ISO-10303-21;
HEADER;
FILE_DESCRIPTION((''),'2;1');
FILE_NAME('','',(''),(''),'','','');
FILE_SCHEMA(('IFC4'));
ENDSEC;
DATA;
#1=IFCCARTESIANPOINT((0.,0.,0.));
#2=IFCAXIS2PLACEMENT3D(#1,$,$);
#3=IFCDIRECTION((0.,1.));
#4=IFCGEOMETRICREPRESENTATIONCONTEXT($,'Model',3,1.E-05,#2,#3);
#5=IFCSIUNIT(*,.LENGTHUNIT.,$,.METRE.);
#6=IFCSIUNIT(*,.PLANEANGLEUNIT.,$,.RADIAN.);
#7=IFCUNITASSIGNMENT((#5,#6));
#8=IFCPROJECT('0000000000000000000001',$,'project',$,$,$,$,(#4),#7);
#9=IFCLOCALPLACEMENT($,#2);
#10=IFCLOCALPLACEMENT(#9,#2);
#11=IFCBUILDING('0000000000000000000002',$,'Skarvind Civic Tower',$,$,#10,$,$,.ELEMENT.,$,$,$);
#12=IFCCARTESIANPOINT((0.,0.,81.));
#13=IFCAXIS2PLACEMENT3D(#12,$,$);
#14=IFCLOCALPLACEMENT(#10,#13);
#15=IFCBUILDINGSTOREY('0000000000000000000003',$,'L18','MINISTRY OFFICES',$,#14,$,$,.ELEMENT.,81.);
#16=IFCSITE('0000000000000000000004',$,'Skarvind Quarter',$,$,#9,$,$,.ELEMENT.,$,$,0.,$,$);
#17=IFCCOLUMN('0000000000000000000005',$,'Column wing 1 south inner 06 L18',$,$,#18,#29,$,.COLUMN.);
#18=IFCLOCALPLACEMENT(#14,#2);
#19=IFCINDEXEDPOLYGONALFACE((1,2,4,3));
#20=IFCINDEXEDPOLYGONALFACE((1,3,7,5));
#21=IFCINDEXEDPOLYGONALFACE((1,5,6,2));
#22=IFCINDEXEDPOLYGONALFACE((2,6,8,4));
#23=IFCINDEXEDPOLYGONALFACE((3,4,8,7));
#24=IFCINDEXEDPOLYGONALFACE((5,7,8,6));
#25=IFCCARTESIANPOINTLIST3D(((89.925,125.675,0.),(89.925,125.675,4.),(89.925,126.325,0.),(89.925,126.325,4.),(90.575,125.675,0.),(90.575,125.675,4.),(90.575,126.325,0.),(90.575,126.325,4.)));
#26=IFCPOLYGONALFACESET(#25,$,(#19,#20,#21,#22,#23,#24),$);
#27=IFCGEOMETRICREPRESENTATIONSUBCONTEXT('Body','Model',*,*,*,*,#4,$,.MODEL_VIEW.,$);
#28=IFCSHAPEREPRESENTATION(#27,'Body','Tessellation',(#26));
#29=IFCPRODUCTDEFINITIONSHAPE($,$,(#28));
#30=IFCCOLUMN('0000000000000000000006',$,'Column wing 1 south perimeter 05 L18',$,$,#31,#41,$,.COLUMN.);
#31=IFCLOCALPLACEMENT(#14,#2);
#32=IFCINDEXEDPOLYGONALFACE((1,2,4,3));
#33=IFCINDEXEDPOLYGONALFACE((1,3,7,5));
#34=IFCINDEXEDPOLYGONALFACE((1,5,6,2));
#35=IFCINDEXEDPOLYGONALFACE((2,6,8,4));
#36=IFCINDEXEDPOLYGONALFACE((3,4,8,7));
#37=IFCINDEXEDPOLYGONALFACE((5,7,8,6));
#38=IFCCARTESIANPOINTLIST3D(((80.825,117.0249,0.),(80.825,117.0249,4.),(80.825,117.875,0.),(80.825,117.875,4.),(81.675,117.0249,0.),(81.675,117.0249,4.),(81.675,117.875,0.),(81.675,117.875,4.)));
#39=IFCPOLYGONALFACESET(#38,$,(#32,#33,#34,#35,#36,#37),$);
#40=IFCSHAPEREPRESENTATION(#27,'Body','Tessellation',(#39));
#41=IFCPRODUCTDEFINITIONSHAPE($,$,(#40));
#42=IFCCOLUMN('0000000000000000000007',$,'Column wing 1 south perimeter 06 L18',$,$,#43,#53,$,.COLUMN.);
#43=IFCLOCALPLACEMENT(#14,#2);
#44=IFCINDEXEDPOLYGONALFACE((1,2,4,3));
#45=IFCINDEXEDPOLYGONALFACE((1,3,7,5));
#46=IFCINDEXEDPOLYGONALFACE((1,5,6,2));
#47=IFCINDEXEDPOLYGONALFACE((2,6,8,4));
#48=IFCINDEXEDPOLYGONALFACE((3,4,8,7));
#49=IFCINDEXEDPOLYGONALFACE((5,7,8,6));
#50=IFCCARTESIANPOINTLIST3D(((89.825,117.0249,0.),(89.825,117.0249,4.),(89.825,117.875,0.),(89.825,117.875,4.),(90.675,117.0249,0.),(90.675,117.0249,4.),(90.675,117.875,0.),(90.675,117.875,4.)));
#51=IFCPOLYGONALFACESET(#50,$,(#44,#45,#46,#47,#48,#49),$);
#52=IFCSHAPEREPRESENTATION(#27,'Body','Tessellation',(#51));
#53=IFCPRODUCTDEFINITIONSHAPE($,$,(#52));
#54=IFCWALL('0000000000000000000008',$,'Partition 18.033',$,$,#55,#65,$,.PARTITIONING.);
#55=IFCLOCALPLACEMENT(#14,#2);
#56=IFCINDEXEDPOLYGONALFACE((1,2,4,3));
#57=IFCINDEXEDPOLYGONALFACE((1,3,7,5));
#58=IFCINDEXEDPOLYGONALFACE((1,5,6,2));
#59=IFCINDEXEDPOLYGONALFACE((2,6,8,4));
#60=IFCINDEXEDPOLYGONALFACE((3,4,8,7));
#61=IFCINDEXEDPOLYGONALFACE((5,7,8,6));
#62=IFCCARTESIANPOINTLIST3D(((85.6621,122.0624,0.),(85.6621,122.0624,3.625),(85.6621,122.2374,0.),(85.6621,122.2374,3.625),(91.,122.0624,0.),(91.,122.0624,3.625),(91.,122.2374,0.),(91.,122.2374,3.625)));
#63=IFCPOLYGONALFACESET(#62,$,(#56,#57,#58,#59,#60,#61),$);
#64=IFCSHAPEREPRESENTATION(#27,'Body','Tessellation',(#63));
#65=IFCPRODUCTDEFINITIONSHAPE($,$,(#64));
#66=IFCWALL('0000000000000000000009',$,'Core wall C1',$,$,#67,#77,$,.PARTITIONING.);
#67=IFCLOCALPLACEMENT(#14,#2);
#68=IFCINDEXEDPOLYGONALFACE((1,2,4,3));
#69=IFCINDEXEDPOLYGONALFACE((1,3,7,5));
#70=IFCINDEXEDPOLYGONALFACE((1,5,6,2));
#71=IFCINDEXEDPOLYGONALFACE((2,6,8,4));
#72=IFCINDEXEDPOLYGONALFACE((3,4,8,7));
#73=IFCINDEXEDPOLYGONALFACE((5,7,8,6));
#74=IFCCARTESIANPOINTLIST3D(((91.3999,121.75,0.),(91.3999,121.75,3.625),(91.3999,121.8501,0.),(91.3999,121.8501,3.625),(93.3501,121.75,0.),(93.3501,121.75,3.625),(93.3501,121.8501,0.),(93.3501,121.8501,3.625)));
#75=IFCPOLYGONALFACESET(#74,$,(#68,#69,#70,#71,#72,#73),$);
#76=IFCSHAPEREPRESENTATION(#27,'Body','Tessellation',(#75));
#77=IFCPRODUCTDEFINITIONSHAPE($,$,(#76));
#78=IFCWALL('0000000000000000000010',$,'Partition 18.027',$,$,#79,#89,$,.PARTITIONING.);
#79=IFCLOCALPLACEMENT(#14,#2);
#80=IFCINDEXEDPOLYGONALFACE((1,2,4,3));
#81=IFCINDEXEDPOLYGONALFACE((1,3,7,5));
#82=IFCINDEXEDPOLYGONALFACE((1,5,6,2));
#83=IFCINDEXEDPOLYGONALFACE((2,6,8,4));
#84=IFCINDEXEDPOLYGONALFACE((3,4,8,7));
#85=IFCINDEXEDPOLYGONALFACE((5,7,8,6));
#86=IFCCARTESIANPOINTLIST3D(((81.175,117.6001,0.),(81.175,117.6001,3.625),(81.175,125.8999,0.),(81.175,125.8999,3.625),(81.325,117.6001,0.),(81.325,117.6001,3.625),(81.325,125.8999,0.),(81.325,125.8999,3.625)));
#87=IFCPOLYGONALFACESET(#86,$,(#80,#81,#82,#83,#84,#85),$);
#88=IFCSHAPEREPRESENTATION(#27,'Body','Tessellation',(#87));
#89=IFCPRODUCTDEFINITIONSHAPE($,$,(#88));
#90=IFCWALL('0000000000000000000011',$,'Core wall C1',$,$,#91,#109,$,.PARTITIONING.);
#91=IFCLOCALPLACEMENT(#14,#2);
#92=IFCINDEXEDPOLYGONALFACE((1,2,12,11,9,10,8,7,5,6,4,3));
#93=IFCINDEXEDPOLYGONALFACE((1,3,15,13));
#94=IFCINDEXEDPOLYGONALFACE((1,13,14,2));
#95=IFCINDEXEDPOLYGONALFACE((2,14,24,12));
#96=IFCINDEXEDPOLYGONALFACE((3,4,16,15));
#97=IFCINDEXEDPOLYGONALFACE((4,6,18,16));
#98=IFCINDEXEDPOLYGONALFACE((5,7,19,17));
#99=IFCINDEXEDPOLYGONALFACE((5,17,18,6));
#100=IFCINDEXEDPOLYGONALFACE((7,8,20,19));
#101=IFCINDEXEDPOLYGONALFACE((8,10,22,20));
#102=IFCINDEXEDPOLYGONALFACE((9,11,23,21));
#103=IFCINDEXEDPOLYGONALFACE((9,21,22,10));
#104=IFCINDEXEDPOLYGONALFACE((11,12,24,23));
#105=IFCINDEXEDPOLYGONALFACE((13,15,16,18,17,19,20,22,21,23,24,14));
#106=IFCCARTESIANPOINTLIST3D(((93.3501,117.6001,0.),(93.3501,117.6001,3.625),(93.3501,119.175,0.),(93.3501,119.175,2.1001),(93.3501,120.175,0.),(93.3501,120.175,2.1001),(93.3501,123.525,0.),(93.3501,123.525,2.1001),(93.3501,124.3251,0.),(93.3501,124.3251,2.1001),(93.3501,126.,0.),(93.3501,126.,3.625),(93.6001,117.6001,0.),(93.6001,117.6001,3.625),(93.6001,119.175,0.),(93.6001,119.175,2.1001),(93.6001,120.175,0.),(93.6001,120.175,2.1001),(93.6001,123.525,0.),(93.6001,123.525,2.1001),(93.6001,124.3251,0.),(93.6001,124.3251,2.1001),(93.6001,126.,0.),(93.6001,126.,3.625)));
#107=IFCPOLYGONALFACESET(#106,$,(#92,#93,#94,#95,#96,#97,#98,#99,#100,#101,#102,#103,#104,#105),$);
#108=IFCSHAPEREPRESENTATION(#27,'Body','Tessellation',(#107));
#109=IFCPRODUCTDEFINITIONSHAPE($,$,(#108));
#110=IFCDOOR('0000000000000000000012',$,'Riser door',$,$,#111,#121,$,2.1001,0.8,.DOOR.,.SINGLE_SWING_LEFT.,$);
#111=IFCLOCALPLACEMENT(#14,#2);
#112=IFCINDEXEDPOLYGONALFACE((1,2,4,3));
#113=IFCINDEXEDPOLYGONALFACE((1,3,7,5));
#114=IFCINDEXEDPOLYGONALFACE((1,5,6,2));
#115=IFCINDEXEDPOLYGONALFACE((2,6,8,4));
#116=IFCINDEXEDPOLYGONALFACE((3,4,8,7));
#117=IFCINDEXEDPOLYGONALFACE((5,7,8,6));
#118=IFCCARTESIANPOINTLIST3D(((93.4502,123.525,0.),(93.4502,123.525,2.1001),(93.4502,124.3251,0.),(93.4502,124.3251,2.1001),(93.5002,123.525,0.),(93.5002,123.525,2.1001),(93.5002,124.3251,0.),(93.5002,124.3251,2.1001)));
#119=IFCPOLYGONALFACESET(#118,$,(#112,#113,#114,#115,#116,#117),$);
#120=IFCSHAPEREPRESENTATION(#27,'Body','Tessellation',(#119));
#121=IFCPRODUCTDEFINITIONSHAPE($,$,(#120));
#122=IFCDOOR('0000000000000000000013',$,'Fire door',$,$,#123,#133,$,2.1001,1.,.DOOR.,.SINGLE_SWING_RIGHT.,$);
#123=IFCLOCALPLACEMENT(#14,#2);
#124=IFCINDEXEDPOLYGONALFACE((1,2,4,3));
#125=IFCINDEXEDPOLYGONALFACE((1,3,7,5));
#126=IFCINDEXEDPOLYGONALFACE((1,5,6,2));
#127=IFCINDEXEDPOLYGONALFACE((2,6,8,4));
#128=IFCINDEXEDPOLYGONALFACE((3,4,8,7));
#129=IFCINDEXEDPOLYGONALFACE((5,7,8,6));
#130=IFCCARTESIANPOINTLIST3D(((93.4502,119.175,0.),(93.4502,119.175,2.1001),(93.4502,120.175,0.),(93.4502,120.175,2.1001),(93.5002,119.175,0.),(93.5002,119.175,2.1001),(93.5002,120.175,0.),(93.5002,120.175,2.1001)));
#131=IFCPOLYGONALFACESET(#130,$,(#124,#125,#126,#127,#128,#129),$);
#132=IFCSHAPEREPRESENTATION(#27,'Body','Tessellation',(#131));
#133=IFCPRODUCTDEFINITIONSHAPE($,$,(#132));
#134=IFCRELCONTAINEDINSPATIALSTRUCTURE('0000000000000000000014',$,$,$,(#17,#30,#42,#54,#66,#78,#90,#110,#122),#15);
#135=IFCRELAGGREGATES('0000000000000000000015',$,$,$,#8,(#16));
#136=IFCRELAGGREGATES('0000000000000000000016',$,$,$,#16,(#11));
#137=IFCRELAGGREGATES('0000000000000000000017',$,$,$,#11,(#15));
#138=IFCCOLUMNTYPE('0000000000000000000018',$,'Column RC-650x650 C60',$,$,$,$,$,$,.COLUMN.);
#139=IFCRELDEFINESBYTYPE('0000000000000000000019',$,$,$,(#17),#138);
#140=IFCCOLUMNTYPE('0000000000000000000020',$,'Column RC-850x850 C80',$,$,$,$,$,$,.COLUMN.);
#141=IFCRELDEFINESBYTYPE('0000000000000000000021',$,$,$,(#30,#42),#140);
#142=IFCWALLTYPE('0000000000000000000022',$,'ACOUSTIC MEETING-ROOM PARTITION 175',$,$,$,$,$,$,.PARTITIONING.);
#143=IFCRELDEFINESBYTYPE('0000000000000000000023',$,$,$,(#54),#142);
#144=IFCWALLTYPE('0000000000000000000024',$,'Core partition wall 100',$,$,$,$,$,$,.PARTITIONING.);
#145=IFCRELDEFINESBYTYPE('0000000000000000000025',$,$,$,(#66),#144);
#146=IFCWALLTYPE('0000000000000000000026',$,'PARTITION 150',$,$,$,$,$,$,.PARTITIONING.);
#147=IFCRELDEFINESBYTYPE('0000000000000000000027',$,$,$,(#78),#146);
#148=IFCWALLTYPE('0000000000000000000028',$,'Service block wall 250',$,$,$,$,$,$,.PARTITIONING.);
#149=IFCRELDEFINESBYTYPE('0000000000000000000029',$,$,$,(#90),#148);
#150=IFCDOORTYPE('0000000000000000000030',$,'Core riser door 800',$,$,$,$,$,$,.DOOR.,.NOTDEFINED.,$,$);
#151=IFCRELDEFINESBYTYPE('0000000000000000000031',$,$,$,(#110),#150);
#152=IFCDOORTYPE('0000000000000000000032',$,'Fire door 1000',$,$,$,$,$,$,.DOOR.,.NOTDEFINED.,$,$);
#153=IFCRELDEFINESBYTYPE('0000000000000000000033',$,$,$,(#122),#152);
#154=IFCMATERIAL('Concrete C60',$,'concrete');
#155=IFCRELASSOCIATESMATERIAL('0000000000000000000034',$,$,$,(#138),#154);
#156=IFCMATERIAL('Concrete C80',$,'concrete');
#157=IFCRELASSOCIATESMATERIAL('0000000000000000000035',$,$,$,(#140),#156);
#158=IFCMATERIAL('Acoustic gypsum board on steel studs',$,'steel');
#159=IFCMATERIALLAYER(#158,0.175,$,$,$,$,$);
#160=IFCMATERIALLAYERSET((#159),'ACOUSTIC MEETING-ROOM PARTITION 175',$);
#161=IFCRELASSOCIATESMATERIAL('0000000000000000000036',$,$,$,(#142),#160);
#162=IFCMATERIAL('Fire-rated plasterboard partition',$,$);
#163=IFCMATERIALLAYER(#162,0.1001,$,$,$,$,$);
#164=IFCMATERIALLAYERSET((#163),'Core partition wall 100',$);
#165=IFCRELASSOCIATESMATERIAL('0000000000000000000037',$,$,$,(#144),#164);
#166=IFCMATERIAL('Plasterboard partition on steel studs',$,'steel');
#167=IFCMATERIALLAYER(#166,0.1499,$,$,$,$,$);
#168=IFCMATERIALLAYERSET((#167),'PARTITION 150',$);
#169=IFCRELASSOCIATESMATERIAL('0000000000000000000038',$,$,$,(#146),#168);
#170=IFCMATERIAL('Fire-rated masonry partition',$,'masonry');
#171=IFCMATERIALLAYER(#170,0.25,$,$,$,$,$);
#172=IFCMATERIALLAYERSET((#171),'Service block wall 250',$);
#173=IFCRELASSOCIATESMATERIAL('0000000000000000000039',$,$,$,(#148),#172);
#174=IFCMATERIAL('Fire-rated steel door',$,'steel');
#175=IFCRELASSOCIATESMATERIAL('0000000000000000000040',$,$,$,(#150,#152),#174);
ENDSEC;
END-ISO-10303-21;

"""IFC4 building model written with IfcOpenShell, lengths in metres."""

from ifc_helpers import new_model, si_unit, direction, frame, frame_2d, origin, origin_2d, place, context, subcontext, project, spatial, rectangle, extrude, material, layer, layer_set, material_profile, profile_set, type_object, element, fill, save


model = new_model("IFC4")

# Units and contexts
model_context = context("Model", 3, precision=1e-05, world=origin(), true_north=direction((0.0, 1.0)))
body_context = subcontext(model_context, "Body", "Model", "MODEL_VIEW")
ifc_project = project(units=[si_unit("LENGTHUNIT", "METRE"), si_unit("PLANEANGLEUNIT", "RADIAN")], contexts=[model_context])

# Site, building, storey
site_placement = place(None, origin())
site = spatial("IfcSite", under=ifc_project, at=site_placement, Name="Skarvind Quarter", CompositionType="ELEMENT", RefElevation=0.0)
building_placement = place(site_placement, origin())
building = spatial("IfcBuilding", under=site, at=building_placement, Name="Skarvind Civic Tower", CompositionType="ELEMENT")
storey_placement = place(building_placement, frame((0.0, 0.0, 81.0)))
storey = spatial("IfcBuildingStorey", under=building, at=storey_placement, Name="L18", Description="MINISTRY OFFICES", CompositionType="ELEMENT", Elevation=81.0)

# Columns
ifc_material_1 = material(Name="Concrete C60", Category="concrete")
ifc_material_profile_1 = material_profile(ifc_material_1, rectangle(XDim=0.6499, YDim=0.6499, at=origin_2d()), Name="RC-650x650")
ifc_profile_set_1 = profile_set([ifc_material_profile_1], Name="Concrete C60")
column_type_1 = type_object("IfcColumnType", Name="Column RC-650x650 C60", PredefinedType="COLUMN", material=ifc_profile_set_1)
column_placement = place(storey_placement, frame((90.25, 126.0, 0.0), z_axis=(0.0, 0.0, 1.0), x_axis=(1.0, 0.0, 0.0)))
element("IfcColumn", 1, at=column_placement, inside=storey, type_object=column_type_1, Name="Column wing 1 south inner 06 L18", PredefinedType="COLUMN", context=body_context, shape_type="SweptSolid", body=[
    extrude(rectangle(XDim=0.6499, YDim=0.6499, at=origin_2d()), origin(), (0.0, 0.0, 1.0), 4.0),
])
ifc_material_2 = material(Name="Concrete C80", Category="concrete")
ifc_material_profile_2 = material_profile(ifc_material_2, rectangle(XDim=0.8501, YDim=0.8501, at=origin_2d()), Name="RC-850x850")
ifc_profile_set_2 = profile_set([ifc_material_profile_2], Name="Concrete C80")
column_type_2 = type_object("IfcColumnType", Name="Column RC-850x850 C80", PredefinedType="COLUMN", material=ifc_profile_set_2)
for number, where, z_axis, x_axis, name in (
    (2, (81.25, 117.45, 0.0), (0.0, 0.0, 1.0), (1.0, 0.0, 0.0), "Column wing 1 south perimeter 05 L18"),
    (3, (90.25, 117.45, 0.0), (0.0, 0.0, 1.0), (1.0, 0.0, 0.0), "Column wing 1 south perimeter 06 L18"),
):
    element("IfcColumn", number, at=place(storey_placement, frame(where, z_axis=z_axis, x_axis=x_axis)), inside=storey, type_object=column_type_2, Name=name, PredefinedType="COLUMN", context=body_context, shape_type="SweptSolid", body=[
        extrude(rectangle(XDim=0.8501, YDim=0.8501, at=origin_2d()), origin(), (0.0, 0.0, 1.0), 4.0),
    ])

# Walls
ifc_material_3 = material(Name="Acoustic gypsum board on steel studs", Category="steel")
ifc_layer_1 = layer(ifc_material_3, 0.175)
ifc_layer_set_1 = layer_set([ifc_layer_1], Name="ACOUSTIC MEETING-ROOM PARTITION 175")
wall_type_1 = type_object("IfcWallType", Name="ACOUSTIC MEETING-ROOM PARTITION 175", PredefinedType="PARTITIONING", material=ifc_layer_set_1)
wall_1_placement = place(storey_placement, frame((91.0, 122.1499, 0.0), z_axis=(0.0, 0.0, 1.0), x_axis=(-1.0, 0.0, 0.0)))
element("IfcWall", 4, at=wall_1_placement, inside=storey, type_object=wall_type_1, Name="Partition 18.033", PredefinedType="PARTITIONING", context=body_context, shape_type="SweptSolid", body=[
    extrude(rectangle(XDim=5.3379, YDim=0.175, at=frame_2d((2.6689, 0.0))), origin(), (0.0, 0.0, 1.0), 3.625),
])
ifc_material_4 = material(Name="Fire-rated plasterboard partition")
ifc_layer_2 = layer(ifc_material_4, 0.1001)
ifc_layer_set_2 = layer_set([ifc_layer_2], Name="Core partition wall 100")
wall_type_2 = type_object("IfcWallType", Name="Core partition wall 100", PredefinedType="PARTITIONING", material=ifc_layer_set_2)
wall_2_placement = place(storey_placement, frame((93.3501, 121.8, 0.0), z_axis=(0.0, 0.0, 1.0), x_axis=(-1.0, 0.0, 0.0)))
element("IfcWall", 5, at=wall_2_placement, inside=storey, type_object=wall_type_2, Name="Core wall C1", PredefinedType="PARTITIONING", context=body_context, shape_type="SweptSolid", body=[
    extrude(rectangle(XDim=1.9502, YDim=0.1001, at=frame_2d((0.9751, 0.0))), origin(), (0.0, 0.0, 1.0), 3.625),
])
ifc_material_5 = material(Name="Plasterboard partition on steel studs", Category="steel")
ifc_layer_3 = layer(ifc_material_5, 0.1499)
ifc_layer_set_3 = layer_set([ifc_layer_3], Name="PARTITION 150")
wall_type_3 = type_object("IfcWallType", Name="PARTITION 150", PredefinedType="PARTITIONING", material=ifc_layer_set_3)
wall_3_placement = place(storey_placement, frame((81.25, 117.6001, 0.0), z_axis=(0.0, 0.0, 1.0), x_axis=(0.0, 1.0, 0.0)))
element("IfcWall", 6, at=wall_3_placement, inside=storey, type_object=wall_type_3, Name="Partition 18.027", PredefinedType="PARTITIONING", context=body_context, shape_type="SweptSolid", body=[
    extrude(rectangle(XDim=8.2998, YDim=0.1499, at=frame_2d((4.1499, 0.0))), origin(), (0.0, 0.0, 1.0), 3.625),
])

# Wall, openings, doors
ifc_material_6 = material(Name="Fire-rated masonry partition", Category="masonry")
ifc_layer_4 = layer(ifc_material_6, 0.25)
ifc_layer_set_4 = layer_set([ifc_layer_4], Name="Service block wall 250")
wall_type_4 = type_object("IfcWallType", Name="Service block wall 250", PredefinedType="PARTITIONING", material=ifc_layer_set_4)
wall_4_placement = place(storey_placement, frame((93.4751, 117.6001, 0.0), z_axis=(0.0, 0.0, 1.0), x_axis=(0.0, 1.0, 0.0)))
wall_4 = element("IfcWall", 7, at=wall_4_placement, inside=storey, type_object=wall_type_4, Name="Core wall C1", PredefinedType="PARTITIONING", context=body_context, shape_type="SweptSolid", body=[
    extrude(rectangle(XDim=8.3999, YDim=0.25, at=frame_2d((4.2, 0.0))), origin(), (0.0, 0.0, 1.0), 3.625),
])
opening_1_placement = place(wall_4_placement, frame((5.925, 0.0, 0.0)))
opening_1 = element("IfcOpeningElement", 8, at=opening_1_placement, cuts=wall_4, PredefinedType="OPENING", context=body_context, shape_type="SweptSolid", body=[
    extrude(rectangle(XDim=0.8, YDim=2.1001, at=frame_2d((0.3999, 1.05))), frame((0.0, 0.135, 0.0), z_axis=(0.0, -1.0, 0.0), x_axis=(1.0, 0.0, 0.0)), (0.0, 0.0, 1.0), 0.27),
])
opening_2_placement = place(wall_4_placement, frame((1.575, 0.0, 0.0)))
opening_2 = element("IfcOpeningElement", 9, at=opening_2_placement, cuts=wall_4, PredefinedType="OPENING", context=body_context, shape_type="SweptSolid", body=[
    extrude(rectangle(XDim=1.0, YDim=2.1001, at=frame_2d((0.5, 1.05))), frame((0.0, 0.135, 0.0), z_axis=(0.0, -1.0, 0.0), x_axis=(1.0, 0.0, 0.0)), (0.0, 0.0, 1.0), 0.27),
])
ifc_material_7 = material(Name="Fire-rated steel door", Category="steel")
door_type_1 = type_object("IfcDoorType", Name="Core riser door 800", OperationType="NOTDEFINED", PredefinedType="DOOR", material=ifc_material_7)
door_1_placement = place(opening_1_placement, origin())
door_1 = element("IfcDoor", 10, at=door_1_placement, inside=storey, type_object=door_type_1, Name="Riser door", OperationType="SINGLE_SWING_LEFT", OverallHeight=2.1001, OverallWidth=0.8, PredefinedType="DOOR", context=body_context, shape_type="SweptSolid", body=[
    extrude(rectangle(XDim=0.8, YDim=2.1001, at=frame_2d((0.3999, 1.05))), frame((0.0, 0.0249, 0.0), z_axis=(0.0, -1.0, 0.0), x_axis=(1.0, 0.0, 0.0)), (0.0, 0.0, 1.0), 0.05),
])
fill(opening_1, door_1)
door_type_2 = type_object("IfcDoorType", Name="Fire door 1000", OperationType="NOTDEFINED", PredefinedType="DOOR", material=ifc_material_7)
door_2_placement = place(opening_2_placement, origin())
door_2 = element("IfcDoor", 11, at=door_2_placement, inside=storey, type_object=door_type_2, Name="Fire door", OperationType="SINGLE_SWING_RIGHT", OverallHeight=2.1001, OverallWidth=1.0, PredefinedType="DOOR", context=body_context, shape_type="SweptSolid", body=[
    extrude(rectangle(XDim=1.0, YDim=2.1001, at=frame_2d((0.5, 1.05))), frame((0.0, 0.0249, 0.0), z_axis=(0.0, -1.0, 0.0), x_axis=(1.0, 0.0, 0.0)), (0.0, 0.0, 1.0), 0.05),
])
fill(opening_2, door_2)

save(model, "model.ifc")
